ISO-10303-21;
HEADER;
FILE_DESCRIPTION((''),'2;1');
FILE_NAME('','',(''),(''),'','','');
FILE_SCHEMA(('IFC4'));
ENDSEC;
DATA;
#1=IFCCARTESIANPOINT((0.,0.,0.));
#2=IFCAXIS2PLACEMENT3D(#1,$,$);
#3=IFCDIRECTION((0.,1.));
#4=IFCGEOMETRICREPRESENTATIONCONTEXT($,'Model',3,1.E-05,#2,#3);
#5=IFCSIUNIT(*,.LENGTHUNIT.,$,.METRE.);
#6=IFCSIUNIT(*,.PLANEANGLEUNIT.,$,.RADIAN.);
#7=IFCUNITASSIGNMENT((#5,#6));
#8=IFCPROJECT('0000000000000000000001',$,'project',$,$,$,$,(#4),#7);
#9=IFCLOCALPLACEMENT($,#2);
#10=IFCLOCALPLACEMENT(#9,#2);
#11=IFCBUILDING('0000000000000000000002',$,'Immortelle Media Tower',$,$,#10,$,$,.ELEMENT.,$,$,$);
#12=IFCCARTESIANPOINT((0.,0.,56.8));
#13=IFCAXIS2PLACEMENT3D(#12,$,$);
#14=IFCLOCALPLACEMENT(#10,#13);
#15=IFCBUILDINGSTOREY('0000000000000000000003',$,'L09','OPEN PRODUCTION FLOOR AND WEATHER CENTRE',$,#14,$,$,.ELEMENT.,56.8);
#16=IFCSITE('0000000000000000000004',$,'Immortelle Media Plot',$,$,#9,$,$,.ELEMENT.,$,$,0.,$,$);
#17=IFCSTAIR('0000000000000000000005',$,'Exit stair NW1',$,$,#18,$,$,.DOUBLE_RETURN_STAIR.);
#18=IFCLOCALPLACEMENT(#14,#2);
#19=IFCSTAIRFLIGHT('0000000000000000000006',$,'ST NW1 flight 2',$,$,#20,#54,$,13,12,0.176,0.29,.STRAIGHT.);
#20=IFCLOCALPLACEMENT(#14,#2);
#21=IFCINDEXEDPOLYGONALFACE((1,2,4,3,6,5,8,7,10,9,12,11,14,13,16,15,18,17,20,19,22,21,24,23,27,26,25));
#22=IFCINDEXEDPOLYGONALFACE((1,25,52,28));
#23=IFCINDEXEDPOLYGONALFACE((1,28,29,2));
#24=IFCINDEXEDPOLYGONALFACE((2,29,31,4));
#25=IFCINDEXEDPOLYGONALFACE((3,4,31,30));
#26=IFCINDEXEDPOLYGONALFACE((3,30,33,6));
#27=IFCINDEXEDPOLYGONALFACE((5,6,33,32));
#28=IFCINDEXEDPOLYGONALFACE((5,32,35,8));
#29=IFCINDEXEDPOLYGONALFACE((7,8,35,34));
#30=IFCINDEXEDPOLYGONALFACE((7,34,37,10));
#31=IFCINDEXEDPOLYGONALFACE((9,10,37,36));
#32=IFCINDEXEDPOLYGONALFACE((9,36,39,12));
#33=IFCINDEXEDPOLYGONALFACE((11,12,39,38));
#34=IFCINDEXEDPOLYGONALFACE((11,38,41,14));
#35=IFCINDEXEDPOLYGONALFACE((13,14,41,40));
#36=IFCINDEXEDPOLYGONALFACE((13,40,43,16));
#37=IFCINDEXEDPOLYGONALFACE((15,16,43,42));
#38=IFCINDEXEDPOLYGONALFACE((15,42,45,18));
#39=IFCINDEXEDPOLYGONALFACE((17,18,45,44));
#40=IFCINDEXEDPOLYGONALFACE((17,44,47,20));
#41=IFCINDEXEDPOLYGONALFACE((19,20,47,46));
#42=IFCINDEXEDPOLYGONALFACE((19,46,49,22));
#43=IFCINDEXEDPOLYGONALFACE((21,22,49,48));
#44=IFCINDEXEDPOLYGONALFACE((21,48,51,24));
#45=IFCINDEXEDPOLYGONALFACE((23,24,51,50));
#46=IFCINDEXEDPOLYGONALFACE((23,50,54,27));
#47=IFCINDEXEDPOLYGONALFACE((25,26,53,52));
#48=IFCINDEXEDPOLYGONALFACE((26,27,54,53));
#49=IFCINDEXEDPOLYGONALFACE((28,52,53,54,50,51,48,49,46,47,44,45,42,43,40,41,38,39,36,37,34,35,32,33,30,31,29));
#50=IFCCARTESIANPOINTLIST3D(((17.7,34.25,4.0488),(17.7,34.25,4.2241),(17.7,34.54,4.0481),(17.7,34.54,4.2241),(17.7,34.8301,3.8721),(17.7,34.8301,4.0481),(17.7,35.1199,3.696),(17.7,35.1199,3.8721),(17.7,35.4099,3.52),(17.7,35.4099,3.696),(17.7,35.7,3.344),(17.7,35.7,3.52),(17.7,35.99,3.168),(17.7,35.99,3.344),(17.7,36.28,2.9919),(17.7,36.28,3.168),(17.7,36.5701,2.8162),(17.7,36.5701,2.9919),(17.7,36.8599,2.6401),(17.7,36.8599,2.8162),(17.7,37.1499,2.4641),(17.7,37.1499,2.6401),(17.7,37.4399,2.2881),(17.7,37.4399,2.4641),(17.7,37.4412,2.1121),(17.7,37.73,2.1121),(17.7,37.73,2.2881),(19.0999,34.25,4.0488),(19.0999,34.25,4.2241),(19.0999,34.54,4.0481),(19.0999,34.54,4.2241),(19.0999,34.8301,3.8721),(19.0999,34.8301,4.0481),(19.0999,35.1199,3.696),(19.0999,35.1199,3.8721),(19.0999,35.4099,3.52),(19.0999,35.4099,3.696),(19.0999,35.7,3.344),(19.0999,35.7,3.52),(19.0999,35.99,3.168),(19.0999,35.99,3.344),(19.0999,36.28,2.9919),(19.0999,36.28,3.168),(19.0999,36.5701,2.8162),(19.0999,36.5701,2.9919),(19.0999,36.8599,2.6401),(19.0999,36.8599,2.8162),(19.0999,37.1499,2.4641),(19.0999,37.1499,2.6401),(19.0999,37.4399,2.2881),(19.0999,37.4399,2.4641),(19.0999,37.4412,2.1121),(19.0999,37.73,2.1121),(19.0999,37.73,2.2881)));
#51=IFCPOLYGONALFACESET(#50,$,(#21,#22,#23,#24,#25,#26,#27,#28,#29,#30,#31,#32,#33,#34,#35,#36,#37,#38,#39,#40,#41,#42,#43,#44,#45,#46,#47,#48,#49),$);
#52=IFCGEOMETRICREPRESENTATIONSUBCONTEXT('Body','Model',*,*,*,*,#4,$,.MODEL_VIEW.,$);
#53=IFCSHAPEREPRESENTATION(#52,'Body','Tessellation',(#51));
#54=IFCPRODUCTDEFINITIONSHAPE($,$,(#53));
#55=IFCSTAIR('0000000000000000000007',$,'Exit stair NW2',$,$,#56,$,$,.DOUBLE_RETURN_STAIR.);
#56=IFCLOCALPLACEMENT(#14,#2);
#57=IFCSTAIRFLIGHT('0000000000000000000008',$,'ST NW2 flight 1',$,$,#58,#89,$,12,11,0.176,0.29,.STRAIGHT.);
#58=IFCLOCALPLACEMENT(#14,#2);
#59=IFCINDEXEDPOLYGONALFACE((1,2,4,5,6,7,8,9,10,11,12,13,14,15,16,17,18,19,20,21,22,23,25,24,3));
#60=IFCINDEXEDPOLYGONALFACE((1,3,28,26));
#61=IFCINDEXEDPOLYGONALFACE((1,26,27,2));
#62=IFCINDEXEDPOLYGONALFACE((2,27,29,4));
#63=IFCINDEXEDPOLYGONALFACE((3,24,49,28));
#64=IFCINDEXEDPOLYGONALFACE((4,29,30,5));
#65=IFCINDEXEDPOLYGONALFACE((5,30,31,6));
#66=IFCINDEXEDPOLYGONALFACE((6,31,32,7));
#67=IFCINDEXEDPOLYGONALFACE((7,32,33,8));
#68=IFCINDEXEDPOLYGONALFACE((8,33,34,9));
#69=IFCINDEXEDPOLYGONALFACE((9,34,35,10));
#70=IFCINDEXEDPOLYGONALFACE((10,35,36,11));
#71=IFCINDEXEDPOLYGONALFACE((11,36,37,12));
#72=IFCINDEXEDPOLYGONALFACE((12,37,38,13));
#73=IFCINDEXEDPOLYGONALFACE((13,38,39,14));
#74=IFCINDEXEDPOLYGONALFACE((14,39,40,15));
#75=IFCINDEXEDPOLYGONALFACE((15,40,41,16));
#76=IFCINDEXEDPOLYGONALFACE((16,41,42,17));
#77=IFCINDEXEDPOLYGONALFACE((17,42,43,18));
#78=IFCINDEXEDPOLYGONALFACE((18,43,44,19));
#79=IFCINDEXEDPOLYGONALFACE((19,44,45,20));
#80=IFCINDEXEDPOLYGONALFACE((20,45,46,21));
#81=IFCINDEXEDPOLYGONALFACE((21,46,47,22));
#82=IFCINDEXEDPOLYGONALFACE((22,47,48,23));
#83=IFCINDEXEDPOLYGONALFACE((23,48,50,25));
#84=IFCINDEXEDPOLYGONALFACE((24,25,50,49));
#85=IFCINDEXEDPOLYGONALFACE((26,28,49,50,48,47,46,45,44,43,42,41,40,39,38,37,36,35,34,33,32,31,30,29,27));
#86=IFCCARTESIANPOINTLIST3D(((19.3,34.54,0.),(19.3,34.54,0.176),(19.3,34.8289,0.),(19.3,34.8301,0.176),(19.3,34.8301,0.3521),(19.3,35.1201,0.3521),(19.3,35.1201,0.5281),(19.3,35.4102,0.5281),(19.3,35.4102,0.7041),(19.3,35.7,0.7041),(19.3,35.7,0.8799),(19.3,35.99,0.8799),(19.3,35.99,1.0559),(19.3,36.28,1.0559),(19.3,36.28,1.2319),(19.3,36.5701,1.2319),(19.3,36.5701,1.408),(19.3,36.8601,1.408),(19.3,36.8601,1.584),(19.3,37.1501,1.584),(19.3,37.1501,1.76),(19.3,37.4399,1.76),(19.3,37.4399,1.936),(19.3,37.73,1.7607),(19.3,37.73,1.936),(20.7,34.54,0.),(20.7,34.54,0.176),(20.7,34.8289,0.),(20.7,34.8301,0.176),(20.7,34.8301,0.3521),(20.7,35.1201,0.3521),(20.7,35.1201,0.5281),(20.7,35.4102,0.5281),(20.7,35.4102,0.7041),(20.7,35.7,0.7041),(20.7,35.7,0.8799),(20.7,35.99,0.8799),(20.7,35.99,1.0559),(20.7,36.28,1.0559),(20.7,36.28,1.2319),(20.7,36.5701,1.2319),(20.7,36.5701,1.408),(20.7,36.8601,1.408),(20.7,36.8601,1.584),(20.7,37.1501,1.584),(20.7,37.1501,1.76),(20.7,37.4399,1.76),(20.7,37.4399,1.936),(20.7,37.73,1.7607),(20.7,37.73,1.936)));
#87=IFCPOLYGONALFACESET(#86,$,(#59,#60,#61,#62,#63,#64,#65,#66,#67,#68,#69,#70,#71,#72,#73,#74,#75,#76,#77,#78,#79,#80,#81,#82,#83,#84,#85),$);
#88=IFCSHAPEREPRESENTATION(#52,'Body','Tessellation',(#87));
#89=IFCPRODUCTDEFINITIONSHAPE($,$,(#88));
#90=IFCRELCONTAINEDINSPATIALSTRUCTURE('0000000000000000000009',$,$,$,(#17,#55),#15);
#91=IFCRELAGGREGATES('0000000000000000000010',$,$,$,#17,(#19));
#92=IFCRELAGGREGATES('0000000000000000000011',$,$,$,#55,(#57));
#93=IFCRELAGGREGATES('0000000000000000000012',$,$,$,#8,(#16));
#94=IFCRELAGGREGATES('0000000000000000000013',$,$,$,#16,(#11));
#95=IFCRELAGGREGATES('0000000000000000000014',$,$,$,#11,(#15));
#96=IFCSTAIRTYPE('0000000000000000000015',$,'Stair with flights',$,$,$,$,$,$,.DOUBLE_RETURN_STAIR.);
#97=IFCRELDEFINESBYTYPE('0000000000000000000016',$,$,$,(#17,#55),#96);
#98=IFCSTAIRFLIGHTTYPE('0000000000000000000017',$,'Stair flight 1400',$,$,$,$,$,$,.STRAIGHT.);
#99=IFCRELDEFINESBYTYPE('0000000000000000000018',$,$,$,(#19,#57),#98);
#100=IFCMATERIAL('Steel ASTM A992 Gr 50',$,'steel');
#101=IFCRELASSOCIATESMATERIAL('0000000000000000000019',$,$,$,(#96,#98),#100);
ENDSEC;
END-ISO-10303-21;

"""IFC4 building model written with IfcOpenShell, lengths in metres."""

from ifc_helpers import new_model, si_unit, direction, frame, origin, place, context, subcontext, project, spatial, polyline, outline, extrude, material, type_object, element, aggregate, save


model = new_model("IFC4")

# Units and contexts
model_context = context("Model", 3, precision=1e-05, world=origin(), true_north=direction((0.0, 1.0)))
body_context = subcontext(model_context, "Body", "Model", "MODEL_VIEW")
ifc_project = project(units=[si_unit("LENGTHUNIT", "METRE"), si_unit("PLANEANGLEUNIT", "RADIAN")], contexts=[model_context])

# Site, building, storey
site_placement = place(None, origin())
site = spatial("IfcSite", under=ifc_project, at=site_placement, Name="Immortelle Media Plot", CompositionType="ELEMENT", RefElevation=0.0)
building_placement = place(site_placement, origin())
building = spatial("IfcBuilding", under=site, at=building_placement, Name="Immortelle Media Tower", CompositionType="ELEMENT")
storey_placement = place(building_placement, frame((0.0, 0.0, 56.8)))
storey = spatial("IfcBuildingStorey", under=building, at=storey_placement, Name="L09", Description="OPEN PRODUCTION FLOOR AND WEATHER CENTRE", CompositionType="ELEMENT", Elevation=56.8)

# Stair, stair flight
ifc_material_1 = material(Name="Steel ASTM A992 Gr 50", Category="steel")
stair_type = type_object("IfcStairType", Name="Stair with flights", PredefinedType="DOUBLE_RETURN_STAIR", material=ifc_material_1)
stair_1_placement = place(storey_placement, origin())
stair_1 = element("IfcStair", 1, at=stair_1_placement, inside=storey, type_object=stair_type, Name="Exit stair NW1", PredefinedType="DOUBLE_RETURN_STAIR")
stair_flight_type = type_object("IfcStairFlightType", Name="Stair flight 1400", PredefinedType="STRAIGHT", material=ifc_material_1)
stair_flight_1_placement = place(storey_placement, frame((18.3999, 37.73, 2.1121), z_axis=(0.0, 0.0, 1.0), x_axis=(0.0, -1.0, 0.0)))
stair_flight_1 = element("IfcStairFlight", 2, at=stair_flight_1_placement, type_object=stair_flight_type, Name="ST NW1 flight 2", NumberOfRisers=13, NumberOfTreads=12, PredefinedType="STRAIGHT", RiserHeight=0.176, TreadLength=0.29, context=body_context, shape_type="SweptSolid", body=[
    extrude(outline(polyline([(0.0, 0.0), (0.0, 0.176), (0.29, 0.176), (0.29, 0.3521), (0.5801, 0.3521), (0.5801, 0.5281), (0.8701, 0.5281), (0.8701, 0.7041), (1.1599, 0.7041), (1.1599, 0.8799), (1.45, 0.8799), (1.45, 1.0559), (1.74, 1.0559), (1.74, 1.2319), (2.03, 1.2319), (2.03, 1.408), (2.3201, 1.408), (2.3201, 1.584), (2.6101, 1.584), (2.6101, 1.76), (2.8999, 1.76), (2.8999, 1.936), (3.1899, 1.936), (3.1899, 2.1121), (3.48, 2.1121), (3.48, 2.2881), (3.48, 1.9368), (0.2888, 0.0), (0.0, 0.0)])), frame((0.0, 0.7, 0.0), z_axis=(0.0, -1.0, 0.0), x_axis=(1.0, 0.0, 0.0)), (0.0, 0.0, 1.0), 1.3999),
])
aggregate(stair_1, [stair_flight_1])

# Stair, stair flight
stair_2_placement = place(storey_placement, origin())
stair_2 = element("IfcStair", 3, at=stair_2_placement, inside=storey, type_object=stair_type, Name="Exit stair NW2", PredefinedType="DOUBLE_RETURN_STAIR")
stair_flight_2_placement = place(storey_placement, frame((20.0, 34.54, 0.0), z_axis=(0.0, 0.0, 1.0), x_axis=(0.0, 1.0, 0.0)))
stair_flight_2 = element("IfcStairFlight", 4, at=stair_flight_2_placement, type_object=stair_flight_type, Name="ST NW2 flight 1", NumberOfRisers=12, NumberOfTreads=11, PredefinedType="STRAIGHT", RiserHeight=0.176, TreadLength=0.29, context=body_context, shape_type="SweptSolid", body=[
    extrude(outline(polyline([(0.0, 0.0), (0.0, 0.176), (0.29, 0.176), (0.29, 0.3521), (0.5801, 0.3521), (0.5801, 0.5281), (0.8701, 0.5281), (0.8701, 0.7041), (1.1599, 0.7041), (1.1599, 0.8799), (1.45, 0.8799), (1.45, 1.0559), (1.74, 1.0559), (1.74, 1.2319), (2.03, 1.2319), (2.03, 1.408), (2.3201, 1.408), (2.3201, 1.584), (2.6101, 1.584), (2.6101, 1.76), (2.8999, 1.76), (2.8999, 1.936), (3.1899, 1.936), (3.1899, 2.1121), (3.1899, 1.7607), (0.2888, 0.0), (0.0, 0.0)])), frame((0.0, 0.7, 0.0), z_axis=(0.0, -1.0, 0.0), x_axis=(1.0, 0.0, 0.0)), (0.0, 0.0, 1.0), 1.3999),
])
aggregate(stair_2, [stair_flight_2])

save(model, "model.ifc")
